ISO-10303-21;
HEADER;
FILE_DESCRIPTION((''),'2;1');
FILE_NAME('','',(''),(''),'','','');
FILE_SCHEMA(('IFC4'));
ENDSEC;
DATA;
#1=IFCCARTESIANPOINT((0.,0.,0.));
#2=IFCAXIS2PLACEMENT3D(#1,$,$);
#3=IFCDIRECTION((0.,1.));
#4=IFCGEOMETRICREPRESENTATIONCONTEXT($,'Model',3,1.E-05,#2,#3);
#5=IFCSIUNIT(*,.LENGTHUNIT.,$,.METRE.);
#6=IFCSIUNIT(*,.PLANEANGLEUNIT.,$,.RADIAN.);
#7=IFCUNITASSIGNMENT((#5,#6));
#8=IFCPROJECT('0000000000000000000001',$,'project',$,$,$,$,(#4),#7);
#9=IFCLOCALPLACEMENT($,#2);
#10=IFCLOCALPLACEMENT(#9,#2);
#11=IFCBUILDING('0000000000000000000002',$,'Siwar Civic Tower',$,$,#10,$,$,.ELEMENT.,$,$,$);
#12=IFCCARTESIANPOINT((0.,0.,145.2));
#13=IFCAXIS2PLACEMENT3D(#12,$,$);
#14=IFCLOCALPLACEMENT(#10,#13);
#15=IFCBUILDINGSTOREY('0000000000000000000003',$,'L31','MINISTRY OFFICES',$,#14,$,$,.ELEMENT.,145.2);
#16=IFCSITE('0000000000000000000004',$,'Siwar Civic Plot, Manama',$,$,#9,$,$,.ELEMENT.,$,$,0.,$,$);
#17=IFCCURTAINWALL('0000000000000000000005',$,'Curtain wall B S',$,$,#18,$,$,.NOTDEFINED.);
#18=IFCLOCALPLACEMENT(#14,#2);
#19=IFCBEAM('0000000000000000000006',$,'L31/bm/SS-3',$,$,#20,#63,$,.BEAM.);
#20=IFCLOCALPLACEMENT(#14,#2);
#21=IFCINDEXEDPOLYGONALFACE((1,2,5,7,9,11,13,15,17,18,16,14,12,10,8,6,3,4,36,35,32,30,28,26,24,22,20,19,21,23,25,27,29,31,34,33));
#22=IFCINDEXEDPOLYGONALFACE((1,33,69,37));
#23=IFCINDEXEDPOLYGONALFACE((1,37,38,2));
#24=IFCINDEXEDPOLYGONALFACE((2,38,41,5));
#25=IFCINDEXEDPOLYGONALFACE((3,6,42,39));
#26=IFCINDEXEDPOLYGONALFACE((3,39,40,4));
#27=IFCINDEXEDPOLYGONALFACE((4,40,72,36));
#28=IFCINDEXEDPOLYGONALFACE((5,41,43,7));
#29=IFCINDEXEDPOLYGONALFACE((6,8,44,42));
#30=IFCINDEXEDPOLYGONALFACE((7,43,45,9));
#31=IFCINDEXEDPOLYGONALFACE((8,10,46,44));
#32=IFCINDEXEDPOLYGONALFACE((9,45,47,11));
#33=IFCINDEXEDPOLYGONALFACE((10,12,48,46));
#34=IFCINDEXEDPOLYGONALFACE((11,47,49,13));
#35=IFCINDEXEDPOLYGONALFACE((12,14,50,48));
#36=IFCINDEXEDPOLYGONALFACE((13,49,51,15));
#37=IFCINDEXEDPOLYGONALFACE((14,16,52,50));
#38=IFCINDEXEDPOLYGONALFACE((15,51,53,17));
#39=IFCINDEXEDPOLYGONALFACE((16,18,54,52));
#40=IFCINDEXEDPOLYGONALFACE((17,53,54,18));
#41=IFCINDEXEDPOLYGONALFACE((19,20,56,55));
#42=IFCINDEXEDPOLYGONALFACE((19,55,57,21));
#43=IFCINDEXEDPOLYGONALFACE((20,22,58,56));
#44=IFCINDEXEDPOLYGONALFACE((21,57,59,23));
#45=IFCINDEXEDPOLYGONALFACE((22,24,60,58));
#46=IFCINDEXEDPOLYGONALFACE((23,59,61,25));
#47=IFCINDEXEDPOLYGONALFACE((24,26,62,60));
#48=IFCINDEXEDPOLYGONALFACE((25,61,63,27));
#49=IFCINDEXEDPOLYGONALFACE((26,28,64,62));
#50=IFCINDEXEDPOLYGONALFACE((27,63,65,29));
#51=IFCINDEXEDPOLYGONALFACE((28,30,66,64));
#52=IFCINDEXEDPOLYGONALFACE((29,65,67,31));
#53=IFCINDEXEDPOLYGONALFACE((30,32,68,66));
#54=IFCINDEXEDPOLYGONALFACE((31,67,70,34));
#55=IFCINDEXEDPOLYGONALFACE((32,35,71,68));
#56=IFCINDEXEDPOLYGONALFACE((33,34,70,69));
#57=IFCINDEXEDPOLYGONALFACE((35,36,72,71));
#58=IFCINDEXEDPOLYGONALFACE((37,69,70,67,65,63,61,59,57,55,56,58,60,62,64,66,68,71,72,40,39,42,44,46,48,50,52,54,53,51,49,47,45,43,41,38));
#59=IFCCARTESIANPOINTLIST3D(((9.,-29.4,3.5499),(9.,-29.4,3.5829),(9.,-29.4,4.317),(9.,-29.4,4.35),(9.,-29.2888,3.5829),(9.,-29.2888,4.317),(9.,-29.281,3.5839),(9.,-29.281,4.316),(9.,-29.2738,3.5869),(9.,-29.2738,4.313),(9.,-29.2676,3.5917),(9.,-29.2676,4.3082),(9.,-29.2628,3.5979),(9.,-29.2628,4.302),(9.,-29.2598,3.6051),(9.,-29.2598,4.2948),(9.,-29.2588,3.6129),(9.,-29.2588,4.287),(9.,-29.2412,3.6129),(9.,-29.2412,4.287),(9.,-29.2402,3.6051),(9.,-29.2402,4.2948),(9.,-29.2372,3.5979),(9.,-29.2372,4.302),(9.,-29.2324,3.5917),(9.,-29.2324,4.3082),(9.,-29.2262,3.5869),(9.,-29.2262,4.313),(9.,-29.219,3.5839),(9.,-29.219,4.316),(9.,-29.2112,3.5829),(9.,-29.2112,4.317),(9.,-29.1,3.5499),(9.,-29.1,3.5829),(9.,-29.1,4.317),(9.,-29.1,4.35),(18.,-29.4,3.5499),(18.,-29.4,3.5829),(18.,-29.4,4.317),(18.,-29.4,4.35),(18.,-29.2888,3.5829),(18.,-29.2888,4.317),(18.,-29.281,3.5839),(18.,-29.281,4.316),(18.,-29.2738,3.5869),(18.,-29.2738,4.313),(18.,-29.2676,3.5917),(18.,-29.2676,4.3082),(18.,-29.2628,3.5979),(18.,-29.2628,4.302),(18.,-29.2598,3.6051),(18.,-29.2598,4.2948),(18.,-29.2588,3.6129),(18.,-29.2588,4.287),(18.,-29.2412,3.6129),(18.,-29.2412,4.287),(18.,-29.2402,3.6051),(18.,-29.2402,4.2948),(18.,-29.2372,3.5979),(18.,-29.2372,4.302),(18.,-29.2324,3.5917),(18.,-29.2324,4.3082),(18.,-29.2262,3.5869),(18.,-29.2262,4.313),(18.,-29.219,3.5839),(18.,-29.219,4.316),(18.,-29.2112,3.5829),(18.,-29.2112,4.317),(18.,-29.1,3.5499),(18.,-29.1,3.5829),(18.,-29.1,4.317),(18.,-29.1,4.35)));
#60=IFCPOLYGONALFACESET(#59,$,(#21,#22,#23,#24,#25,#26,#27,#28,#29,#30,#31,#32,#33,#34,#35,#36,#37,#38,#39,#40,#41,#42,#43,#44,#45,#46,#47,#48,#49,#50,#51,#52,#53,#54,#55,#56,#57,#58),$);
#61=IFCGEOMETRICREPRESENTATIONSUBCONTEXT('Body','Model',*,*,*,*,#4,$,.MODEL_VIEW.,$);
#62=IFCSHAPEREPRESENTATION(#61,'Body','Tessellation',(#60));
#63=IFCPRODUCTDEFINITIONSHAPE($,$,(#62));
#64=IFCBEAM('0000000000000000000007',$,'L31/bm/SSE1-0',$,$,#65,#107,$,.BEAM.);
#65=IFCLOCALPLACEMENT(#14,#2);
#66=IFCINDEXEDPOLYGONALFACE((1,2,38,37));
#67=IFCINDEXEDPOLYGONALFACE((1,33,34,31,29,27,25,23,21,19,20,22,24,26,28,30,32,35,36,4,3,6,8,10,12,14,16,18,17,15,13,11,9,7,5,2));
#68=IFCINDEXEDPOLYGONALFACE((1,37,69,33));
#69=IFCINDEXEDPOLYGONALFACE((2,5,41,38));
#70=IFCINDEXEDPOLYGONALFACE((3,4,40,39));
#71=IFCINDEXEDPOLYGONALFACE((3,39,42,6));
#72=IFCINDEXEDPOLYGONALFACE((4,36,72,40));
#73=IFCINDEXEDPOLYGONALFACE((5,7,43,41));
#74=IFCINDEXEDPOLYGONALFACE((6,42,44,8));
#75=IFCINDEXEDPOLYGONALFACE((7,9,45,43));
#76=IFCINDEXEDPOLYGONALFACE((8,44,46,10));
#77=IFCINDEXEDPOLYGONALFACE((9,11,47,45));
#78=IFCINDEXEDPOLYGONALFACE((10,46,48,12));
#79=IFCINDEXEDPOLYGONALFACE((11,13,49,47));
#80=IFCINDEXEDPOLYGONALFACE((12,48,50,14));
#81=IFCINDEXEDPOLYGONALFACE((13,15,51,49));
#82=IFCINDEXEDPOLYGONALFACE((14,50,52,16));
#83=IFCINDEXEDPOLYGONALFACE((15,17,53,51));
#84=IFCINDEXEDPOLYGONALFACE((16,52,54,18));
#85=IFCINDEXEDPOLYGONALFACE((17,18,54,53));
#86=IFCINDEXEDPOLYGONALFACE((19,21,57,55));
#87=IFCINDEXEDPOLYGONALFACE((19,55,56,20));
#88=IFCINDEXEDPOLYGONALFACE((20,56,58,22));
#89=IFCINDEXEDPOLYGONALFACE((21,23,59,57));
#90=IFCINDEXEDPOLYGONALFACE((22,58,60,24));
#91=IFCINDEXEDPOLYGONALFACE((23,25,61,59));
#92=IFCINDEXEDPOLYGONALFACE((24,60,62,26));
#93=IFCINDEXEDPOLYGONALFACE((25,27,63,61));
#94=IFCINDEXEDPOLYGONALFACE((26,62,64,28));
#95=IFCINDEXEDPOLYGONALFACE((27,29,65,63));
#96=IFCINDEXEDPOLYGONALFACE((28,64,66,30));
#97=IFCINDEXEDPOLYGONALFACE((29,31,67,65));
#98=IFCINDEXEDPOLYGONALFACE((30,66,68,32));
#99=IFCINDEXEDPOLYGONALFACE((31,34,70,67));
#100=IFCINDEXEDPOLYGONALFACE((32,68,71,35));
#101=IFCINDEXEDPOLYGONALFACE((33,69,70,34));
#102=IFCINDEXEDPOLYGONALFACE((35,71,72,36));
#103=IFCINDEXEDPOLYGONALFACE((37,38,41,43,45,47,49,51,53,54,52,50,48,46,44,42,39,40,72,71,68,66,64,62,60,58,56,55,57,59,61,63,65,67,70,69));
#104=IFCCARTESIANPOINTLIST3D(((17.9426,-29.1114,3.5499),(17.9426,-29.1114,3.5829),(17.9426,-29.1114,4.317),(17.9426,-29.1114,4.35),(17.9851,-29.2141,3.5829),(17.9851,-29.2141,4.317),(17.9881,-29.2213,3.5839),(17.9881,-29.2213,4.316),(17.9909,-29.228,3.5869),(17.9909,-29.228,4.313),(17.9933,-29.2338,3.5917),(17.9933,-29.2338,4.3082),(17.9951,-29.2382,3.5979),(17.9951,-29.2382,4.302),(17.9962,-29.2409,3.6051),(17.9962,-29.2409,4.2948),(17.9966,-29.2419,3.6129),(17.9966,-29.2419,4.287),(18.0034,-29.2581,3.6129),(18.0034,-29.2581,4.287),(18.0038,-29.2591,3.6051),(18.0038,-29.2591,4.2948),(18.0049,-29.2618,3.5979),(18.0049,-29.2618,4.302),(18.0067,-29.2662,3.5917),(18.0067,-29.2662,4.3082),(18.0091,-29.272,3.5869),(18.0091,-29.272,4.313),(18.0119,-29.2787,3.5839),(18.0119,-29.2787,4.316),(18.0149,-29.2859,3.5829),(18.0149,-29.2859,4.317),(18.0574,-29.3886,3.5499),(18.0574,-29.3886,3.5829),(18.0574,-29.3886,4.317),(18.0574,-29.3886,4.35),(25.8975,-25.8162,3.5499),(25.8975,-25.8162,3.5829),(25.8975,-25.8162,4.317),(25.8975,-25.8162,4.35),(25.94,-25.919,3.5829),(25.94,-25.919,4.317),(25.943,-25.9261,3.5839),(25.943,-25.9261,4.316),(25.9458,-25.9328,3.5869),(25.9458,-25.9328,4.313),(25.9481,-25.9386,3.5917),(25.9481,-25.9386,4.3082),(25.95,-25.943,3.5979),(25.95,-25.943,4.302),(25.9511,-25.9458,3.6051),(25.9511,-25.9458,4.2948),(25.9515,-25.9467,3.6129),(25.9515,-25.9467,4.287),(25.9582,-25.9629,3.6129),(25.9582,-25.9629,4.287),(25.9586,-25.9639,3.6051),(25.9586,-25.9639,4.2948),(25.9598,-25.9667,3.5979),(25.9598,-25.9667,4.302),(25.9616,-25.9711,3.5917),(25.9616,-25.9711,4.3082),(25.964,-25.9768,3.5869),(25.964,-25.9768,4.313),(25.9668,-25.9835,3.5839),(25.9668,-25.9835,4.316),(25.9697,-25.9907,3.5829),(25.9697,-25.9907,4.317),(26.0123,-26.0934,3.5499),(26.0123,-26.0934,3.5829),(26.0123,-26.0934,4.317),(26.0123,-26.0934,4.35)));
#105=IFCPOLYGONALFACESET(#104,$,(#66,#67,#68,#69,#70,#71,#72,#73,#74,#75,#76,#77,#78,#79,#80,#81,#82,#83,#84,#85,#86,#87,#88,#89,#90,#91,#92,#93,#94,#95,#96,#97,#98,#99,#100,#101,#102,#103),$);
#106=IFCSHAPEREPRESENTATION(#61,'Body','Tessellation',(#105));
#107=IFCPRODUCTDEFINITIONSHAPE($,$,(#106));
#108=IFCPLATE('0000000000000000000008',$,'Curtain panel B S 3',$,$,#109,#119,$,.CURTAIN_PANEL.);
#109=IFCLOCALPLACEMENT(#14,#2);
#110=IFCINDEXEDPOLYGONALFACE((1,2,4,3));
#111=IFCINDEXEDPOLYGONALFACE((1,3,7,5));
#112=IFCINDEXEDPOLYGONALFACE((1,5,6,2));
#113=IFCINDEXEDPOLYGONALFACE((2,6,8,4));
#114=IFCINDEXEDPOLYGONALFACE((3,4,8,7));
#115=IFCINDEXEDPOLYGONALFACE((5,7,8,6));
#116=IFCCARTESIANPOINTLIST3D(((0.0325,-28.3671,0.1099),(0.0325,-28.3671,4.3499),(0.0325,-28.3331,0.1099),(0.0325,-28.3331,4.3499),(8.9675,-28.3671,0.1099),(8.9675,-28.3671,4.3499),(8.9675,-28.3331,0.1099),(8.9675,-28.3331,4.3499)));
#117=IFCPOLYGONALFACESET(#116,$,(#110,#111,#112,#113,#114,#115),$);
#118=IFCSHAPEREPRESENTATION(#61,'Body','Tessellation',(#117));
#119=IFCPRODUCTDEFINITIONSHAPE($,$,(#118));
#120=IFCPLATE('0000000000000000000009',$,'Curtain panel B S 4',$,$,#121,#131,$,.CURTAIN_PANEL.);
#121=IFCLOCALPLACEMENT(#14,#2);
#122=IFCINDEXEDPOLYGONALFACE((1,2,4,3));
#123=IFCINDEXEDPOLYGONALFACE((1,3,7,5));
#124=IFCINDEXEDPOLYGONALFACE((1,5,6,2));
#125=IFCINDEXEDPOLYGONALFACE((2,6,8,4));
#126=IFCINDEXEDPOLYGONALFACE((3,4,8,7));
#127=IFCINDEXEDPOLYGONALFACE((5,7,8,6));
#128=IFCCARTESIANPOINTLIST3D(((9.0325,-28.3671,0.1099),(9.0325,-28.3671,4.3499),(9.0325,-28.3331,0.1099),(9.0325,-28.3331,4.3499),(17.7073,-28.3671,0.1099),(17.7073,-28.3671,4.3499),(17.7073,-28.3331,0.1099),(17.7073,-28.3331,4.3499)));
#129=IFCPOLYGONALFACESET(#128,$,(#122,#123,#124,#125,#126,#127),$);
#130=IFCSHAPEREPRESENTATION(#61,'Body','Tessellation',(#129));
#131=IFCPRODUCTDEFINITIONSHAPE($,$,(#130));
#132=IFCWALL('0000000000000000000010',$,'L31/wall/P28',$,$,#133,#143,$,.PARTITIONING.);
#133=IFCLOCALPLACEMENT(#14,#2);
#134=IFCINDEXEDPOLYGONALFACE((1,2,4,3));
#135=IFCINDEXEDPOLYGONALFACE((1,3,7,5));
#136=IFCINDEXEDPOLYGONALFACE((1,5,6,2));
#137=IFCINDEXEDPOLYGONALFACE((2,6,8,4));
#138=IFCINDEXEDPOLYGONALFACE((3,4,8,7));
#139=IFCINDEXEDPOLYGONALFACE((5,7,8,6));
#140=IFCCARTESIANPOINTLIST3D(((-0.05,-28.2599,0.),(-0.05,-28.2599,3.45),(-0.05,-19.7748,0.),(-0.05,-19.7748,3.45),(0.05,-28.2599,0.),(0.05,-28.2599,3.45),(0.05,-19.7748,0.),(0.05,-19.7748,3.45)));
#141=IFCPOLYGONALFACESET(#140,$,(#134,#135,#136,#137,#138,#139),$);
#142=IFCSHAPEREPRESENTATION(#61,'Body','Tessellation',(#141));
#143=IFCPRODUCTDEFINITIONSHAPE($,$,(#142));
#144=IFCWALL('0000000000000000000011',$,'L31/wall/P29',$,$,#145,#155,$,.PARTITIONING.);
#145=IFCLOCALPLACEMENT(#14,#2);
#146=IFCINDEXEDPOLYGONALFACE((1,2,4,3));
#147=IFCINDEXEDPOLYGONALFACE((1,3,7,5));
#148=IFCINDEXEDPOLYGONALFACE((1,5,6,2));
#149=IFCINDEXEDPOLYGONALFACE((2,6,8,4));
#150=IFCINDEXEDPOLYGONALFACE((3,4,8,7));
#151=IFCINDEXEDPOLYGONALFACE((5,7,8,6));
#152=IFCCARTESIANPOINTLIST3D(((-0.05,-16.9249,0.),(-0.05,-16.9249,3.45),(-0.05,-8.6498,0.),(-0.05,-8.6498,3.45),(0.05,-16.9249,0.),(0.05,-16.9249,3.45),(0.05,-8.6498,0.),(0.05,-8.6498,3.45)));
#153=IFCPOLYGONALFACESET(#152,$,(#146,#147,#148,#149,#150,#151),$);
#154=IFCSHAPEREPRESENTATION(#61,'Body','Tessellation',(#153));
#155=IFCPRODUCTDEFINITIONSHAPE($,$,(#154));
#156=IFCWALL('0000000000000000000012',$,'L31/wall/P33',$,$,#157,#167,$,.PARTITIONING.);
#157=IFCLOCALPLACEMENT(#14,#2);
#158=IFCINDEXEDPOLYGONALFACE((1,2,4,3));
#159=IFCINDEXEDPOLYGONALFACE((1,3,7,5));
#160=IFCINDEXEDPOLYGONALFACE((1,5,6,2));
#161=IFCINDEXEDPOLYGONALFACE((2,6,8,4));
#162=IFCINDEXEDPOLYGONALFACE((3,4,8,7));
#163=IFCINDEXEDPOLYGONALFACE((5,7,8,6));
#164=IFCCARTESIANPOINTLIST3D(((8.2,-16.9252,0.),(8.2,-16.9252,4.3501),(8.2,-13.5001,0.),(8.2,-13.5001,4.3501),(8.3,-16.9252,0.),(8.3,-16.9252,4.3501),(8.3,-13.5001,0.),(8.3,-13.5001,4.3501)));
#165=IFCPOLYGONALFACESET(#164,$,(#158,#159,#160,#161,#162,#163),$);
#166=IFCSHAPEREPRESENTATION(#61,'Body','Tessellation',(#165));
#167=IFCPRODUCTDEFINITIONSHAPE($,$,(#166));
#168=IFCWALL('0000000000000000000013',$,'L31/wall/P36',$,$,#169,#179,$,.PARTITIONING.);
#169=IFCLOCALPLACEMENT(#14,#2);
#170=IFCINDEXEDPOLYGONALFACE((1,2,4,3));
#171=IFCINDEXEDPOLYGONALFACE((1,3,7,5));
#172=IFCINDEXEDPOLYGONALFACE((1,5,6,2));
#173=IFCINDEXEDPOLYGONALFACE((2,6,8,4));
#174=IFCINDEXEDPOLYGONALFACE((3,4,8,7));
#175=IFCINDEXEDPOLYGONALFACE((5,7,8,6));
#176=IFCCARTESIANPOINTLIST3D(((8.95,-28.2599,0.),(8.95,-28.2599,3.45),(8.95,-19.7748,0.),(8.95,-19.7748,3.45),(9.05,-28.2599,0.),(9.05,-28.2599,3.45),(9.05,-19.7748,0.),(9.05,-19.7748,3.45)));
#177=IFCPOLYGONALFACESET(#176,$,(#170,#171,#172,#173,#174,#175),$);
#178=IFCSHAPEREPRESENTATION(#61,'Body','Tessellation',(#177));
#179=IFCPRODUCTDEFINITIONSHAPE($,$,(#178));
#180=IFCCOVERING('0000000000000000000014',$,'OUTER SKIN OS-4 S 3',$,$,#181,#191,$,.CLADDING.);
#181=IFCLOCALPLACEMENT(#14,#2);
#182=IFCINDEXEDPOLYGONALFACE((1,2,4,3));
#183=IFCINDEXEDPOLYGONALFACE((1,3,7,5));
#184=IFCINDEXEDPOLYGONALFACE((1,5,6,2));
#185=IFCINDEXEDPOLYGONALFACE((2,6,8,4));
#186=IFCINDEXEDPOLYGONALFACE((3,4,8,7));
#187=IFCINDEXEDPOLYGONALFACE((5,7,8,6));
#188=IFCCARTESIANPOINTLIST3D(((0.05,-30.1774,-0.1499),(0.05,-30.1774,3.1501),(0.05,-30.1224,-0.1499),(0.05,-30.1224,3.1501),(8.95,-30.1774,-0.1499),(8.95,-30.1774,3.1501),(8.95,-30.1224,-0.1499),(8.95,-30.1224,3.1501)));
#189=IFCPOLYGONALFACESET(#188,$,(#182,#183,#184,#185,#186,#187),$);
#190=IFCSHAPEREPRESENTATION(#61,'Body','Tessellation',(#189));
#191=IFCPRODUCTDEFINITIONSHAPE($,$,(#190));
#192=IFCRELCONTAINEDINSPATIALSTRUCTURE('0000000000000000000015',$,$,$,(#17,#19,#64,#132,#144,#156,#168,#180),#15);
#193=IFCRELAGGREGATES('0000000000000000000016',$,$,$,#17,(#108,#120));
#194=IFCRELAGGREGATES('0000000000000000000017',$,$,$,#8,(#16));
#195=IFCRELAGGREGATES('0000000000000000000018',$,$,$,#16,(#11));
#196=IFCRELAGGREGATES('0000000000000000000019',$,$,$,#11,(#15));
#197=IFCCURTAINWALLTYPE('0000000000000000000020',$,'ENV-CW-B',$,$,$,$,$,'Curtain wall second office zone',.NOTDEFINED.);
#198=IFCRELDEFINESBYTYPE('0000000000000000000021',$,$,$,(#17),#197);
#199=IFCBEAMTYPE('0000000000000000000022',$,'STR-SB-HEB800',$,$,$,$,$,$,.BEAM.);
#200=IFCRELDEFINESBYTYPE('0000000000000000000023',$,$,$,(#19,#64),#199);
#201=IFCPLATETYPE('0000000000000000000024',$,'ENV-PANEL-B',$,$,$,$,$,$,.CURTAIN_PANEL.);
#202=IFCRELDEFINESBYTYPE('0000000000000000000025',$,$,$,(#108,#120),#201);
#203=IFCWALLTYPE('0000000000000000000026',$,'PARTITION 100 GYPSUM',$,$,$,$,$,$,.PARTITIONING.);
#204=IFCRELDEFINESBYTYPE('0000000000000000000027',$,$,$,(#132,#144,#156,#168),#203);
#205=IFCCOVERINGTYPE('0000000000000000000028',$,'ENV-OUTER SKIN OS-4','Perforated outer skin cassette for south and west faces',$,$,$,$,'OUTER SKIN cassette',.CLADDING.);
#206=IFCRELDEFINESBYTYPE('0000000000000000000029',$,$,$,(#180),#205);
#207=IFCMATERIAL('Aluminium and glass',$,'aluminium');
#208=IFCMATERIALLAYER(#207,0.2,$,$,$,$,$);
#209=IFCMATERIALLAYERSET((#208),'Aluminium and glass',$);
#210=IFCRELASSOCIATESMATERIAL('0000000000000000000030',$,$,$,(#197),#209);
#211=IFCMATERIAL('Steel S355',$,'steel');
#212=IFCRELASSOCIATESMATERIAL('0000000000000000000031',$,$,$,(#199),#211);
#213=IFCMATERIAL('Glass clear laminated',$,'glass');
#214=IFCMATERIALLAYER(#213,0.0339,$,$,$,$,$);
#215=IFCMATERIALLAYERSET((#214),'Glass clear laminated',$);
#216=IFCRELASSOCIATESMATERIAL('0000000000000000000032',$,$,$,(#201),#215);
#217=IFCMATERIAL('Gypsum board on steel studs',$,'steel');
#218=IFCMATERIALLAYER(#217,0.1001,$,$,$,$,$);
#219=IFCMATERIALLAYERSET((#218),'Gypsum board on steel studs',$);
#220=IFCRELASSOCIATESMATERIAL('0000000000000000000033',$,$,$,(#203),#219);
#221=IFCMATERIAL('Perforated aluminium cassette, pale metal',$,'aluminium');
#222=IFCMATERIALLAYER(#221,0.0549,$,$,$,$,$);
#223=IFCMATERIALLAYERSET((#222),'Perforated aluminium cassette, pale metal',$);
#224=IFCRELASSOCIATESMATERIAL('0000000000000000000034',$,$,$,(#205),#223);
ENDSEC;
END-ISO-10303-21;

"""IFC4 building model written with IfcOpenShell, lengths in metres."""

from ifc_helpers import new_model, si_unit, direction, frame, frame_2d, origin, origin_2d, place, context, subcontext, project, spatial, rectangle, i_section, extrude, material, layer, layer_set, material_profile, profile_set, type_object, element, aggregate, save


model = new_model("IFC4")

# Units and contexts
model_context = context("Model", 3, precision=1e-05, world=origin(), true_north=direction((0.0, 1.0)))
body_context = subcontext(model_context, "Body", "Model", "MODEL_VIEW")
ifc_project = project(units=[si_unit("LENGTHUNIT", "METRE"), si_unit("PLANEANGLEUNIT", "RADIAN")], contexts=[model_context])

# Site, building, storey
site_placement = place(None, origin())
site = spatial("IfcSite", under=ifc_project, at=site_placement, Name="Siwar Civic Plot, Manama", CompositionType="ELEMENT", RefElevation=0.0)
building_placement = place(site_placement, origin())
building = spatial("IfcBuilding", under=site, at=building_placement, Name="Siwar Civic Tower", CompositionType="ELEMENT")
storey_placement = place(building_placement, frame((0.0, 0.0, 145.2)))
storey = spatial("IfcBuildingStorey", under=building, at=storey_placement, Name="L31", Description="MINISTRY OFFICES", CompositionType="ELEMENT", Elevation=145.2)

# Curtain wall
ifc_material_1 = material(Name="Aluminium and glass", Category="aluminium")
ifc_layer_1 = layer(ifc_material_1, 0.2)
ifc_layer_set_1 = layer_set([ifc_layer_1], Name="Aluminium and glass")
curtain_wall_type_1 = type_object("IfcCurtainWallType", Name="ENV-CW-B", ElementType="Curtain wall second office zone", PredefinedType="NOTDEFINED", material=ifc_layer_set_1)
curtain_wall_1_placement = place(storey_placement, origin())
curtain_wall_1 = element("IfcCurtainWall", 1, at=curtain_wall_1_placement, inside=storey, type_object=curtain_wall_type_1, Name="Curtain wall B S", PredefinedType="NOTDEFINED")

# Beams
ifc_material_2 = material(Name="Steel S355", Category="steel")
ifc_material_profile_1 = material_profile(ifc_material_2, i_section(OverallWidth=0.3, OverallDepth=0.8, WebThickness=0.0176, FlangeThickness=0.033, FilletRadius=0.03, at=origin_2d()), Name="HEB800")
ifc_profile_set_1 = profile_set([ifc_material_profile_1], Name="Steel S355")
beam_type_1 = type_object("IfcBeamType", Name="STR-SB-HEB800", PredefinedType="BEAM", material=ifc_profile_set_1)
beam_1_placement = place(storey_placement, frame((9.0, -29.25, 3.95), z_axis=(1.0, 0.0, 0.0), x_axis=(0.0, 1.0, 0.0)))
element("IfcBeam", 2, at=beam_1_placement, inside=storey, type_object=beam_type_1, Name="L31/bm/SS-3", PredefinedType="BEAM", context=body_context, shape_type="SweptSolid", body=[
    extrude(i_section(OverallWidth=0.3, OverallDepth=0.8, WebThickness=0.0176, FlangeThickness=0.033, FilletRadius=0.03, at=origin_2d()), origin(), (0.0, 0.0, 1.0), 9.0),
])
beam_2_placement = place(storey_placement, frame((18.0, -29.25, 3.95), z_axis=(0.923873, 0.3827, 0.0), x_axis=(-0.3827, 0.923873, 0.0)))
element("IfcBeam", 3, at=beam_2_placement, inside=storey, type_object=beam_type_1, Name="L31/bm/SSE1-0", PredefinedType="BEAM", context=body_context, shape_type="SweptSolid", body=[
    extrude(i_section(OverallWidth=0.3, OverallDepth=0.8, WebThickness=0.0176, FlangeThickness=0.033, FilletRadius=0.03, at=origin_2d()), origin(), (0.0, 0.0, 1.0), 8.6104),
])

# Plates
ifc_material_3 = material(Name="Glass clear laminated", Category="glass")
ifc_layer_2 = layer(ifc_material_3, 0.0339)
ifc_layer_set_2 = layer_set([ifc_layer_2], Name="Glass clear laminated")
plate_type = type_object("IfcPlateType", Name="ENV-PANEL-B", PredefinedType="CURTAIN_PANEL", material=ifc_layer_set_2)
plate_1_placement = place(storey_placement, frame((4.5, -28.3501, 0.1099), z_axis=(0.0, 0.0, 1.0), x_axis=(1.0, 0.0, 0.0)))
plate_1 = element("IfcPlate", 4, at=plate_1_placement, type_object=plate_type, Name="Curtain panel B S 3", PredefinedType="CURTAIN_PANEL", context=body_context, shape_type="SweptSolid", body=[
    extrude(rectangle(XDim=8.9351, YDim=0.0339, at=origin_2d()), origin(), (0.0, 0.0, 1.0), 4.24),
])
plate_2_placement = place(storey_placement, frame((13.3699, -28.3501, 0.1099), z_axis=(0.0, 0.0, 1.0), x_axis=(1.0, 0.0, 0.0)))
plate_2 = element("IfcPlate", 5, at=plate_2_placement, type_object=plate_type, Name="Curtain panel B S 4", PredefinedType="CURTAIN_PANEL", context=body_context, shape_type="SweptSolid", body=[
    extrude(rectangle(XDim=8.6748, YDim=0.0339, at=origin_2d()), origin(), (0.0, 0.0, 1.0), 4.24),
])
aggregate(curtain_wall_1, [plate_1, plate_2])

# Walls
ifc_material_4 = material(Name="Gypsum board on steel studs", Category="steel")
ifc_layer_3 = layer(ifc_material_4, 0.1001)
ifc_layer_set_3 = layer_set([ifc_layer_3], Name="Gypsum board on steel studs")
wall_type = type_object("IfcWallType", Name="PARTITION 100 GYPSUM", PredefinedType="PARTITIONING", material=ifc_layer_set_3)
wall_1_placement = place(storey_placement, frame((0.0, -28.26, 0.0), z_axis=(0.0, 0.0, 1.0), x_axis=(0.0, 1.0, 0.0)))
element("IfcWall", 6, at=wall_1_placement, inside=storey, type_object=wall_type, Name="L31/wall/P28", PredefinedType="PARTITIONING", context=body_context, shape_type="SweptSolid", body=[
    extrude(rectangle(XDim=8.4851, YDim=0.1001, at=frame_2d((4.2427, 0.0))), origin(), (0.0, 0.0, 1.0), 3.45),
])
wall_2_placement = place(storey_placement, frame((0.0, -16.925, 0.0), z_axis=(0.0, 0.0, 1.0), x_axis=(0.0, 1.0, 0.0)))
element("IfcWall", 7, at=wall_2_placement, inside=storey, type_object=wall_type, Name="L31/wall/P29", PredefinedType="PARTITIONING", context=body_context, shape_type="SweptSolid", body=[
    extrude(rectangle(XDim=8.2751, YDim=0.1001, at=frame_2d((4.1377, 0.0))), origin(), (0.0, 0.0, 1.0), 3.45),
])
wall_3_placement = place(storey_placement, frame((8.25, -16.925, 0.0), z_axis=(0.0, 0.0, 1.0), x_axis=(0.0, 1.0, 0.0)))
element("IfcWall", 8, at=wall_3_placement, inside=storey, type_object=wall_type, Name="L31/wall/P33", PredefinedType="PARTITIONING", context=body_context, shape_type="SweptSolid", body=[
    extrude(rectangle(XDim=3.425, YDim=0.1001, at=frame_2d((1.7124, 0.0))), origin(), (0.0, 0.0, 1.0), 4.3501),
])
wall_4_placement = place(storey_placement, frame((9.0, -28.26, 0.0), z_axis=(0.0, 0.0, 1.0), x_axis=(0.0, 1.0, 0.0)))
element("IfcWall", 9, at=wall_4_placement, inside=storey, type_object=wall_type, Name="L31/wall/P36", PredefinedType="PARTITIONING", context=body_context, shape_type="SweptSolid", body=[
    extrude(rectangle(XDim=8.4851, YDim=0.1001, at=frame_2d((4.2427, 0.0))), origin(), (0.0, 0.0, 1.0), 3.45),
])

# Covering
ifc_material_5 = material(Name="Perforated aluminium cassette, pale metal", Category="aluminium")
ifc_layer_4 = layer(ifc_material_5, 0.0549)
ifc_layer_set_4 = layer_set([ifc_layer_4], Name="Perforated aluminium cassette, pale metal")
covering_type = type_object("IfcCoveringType", Name="ENV-OUTER SKIN OS-4", Description="Perforated outer skin cassette for south and west faces", ElementType="OUTER SKIN cassette", PredefinedType="CLADDING", material=ifc_layer_set_4)
covering_1_placement = place(storey_placement, frame((4.5, -30.1499, -0.1499), z_axis=(0.0, 0.0, 1.0), x_axis=(1.0, 0.0, 0.0)))
element("IfcCovering", 10, at=covering_1_placement, inside=storey, type_object=covering_type, Name="OUTER SKIN OS-4 S 3", PredefinedType="CLADDING", context=body_context, shape_type="SweptSolid", body=[
    extrude(rectangle(XDim=8.8999, YDim=0.0549, at=origin_2d()), origin(), (0.0, 0.0, 1.0), 3.3),
])

save(model, "model.ifc")
